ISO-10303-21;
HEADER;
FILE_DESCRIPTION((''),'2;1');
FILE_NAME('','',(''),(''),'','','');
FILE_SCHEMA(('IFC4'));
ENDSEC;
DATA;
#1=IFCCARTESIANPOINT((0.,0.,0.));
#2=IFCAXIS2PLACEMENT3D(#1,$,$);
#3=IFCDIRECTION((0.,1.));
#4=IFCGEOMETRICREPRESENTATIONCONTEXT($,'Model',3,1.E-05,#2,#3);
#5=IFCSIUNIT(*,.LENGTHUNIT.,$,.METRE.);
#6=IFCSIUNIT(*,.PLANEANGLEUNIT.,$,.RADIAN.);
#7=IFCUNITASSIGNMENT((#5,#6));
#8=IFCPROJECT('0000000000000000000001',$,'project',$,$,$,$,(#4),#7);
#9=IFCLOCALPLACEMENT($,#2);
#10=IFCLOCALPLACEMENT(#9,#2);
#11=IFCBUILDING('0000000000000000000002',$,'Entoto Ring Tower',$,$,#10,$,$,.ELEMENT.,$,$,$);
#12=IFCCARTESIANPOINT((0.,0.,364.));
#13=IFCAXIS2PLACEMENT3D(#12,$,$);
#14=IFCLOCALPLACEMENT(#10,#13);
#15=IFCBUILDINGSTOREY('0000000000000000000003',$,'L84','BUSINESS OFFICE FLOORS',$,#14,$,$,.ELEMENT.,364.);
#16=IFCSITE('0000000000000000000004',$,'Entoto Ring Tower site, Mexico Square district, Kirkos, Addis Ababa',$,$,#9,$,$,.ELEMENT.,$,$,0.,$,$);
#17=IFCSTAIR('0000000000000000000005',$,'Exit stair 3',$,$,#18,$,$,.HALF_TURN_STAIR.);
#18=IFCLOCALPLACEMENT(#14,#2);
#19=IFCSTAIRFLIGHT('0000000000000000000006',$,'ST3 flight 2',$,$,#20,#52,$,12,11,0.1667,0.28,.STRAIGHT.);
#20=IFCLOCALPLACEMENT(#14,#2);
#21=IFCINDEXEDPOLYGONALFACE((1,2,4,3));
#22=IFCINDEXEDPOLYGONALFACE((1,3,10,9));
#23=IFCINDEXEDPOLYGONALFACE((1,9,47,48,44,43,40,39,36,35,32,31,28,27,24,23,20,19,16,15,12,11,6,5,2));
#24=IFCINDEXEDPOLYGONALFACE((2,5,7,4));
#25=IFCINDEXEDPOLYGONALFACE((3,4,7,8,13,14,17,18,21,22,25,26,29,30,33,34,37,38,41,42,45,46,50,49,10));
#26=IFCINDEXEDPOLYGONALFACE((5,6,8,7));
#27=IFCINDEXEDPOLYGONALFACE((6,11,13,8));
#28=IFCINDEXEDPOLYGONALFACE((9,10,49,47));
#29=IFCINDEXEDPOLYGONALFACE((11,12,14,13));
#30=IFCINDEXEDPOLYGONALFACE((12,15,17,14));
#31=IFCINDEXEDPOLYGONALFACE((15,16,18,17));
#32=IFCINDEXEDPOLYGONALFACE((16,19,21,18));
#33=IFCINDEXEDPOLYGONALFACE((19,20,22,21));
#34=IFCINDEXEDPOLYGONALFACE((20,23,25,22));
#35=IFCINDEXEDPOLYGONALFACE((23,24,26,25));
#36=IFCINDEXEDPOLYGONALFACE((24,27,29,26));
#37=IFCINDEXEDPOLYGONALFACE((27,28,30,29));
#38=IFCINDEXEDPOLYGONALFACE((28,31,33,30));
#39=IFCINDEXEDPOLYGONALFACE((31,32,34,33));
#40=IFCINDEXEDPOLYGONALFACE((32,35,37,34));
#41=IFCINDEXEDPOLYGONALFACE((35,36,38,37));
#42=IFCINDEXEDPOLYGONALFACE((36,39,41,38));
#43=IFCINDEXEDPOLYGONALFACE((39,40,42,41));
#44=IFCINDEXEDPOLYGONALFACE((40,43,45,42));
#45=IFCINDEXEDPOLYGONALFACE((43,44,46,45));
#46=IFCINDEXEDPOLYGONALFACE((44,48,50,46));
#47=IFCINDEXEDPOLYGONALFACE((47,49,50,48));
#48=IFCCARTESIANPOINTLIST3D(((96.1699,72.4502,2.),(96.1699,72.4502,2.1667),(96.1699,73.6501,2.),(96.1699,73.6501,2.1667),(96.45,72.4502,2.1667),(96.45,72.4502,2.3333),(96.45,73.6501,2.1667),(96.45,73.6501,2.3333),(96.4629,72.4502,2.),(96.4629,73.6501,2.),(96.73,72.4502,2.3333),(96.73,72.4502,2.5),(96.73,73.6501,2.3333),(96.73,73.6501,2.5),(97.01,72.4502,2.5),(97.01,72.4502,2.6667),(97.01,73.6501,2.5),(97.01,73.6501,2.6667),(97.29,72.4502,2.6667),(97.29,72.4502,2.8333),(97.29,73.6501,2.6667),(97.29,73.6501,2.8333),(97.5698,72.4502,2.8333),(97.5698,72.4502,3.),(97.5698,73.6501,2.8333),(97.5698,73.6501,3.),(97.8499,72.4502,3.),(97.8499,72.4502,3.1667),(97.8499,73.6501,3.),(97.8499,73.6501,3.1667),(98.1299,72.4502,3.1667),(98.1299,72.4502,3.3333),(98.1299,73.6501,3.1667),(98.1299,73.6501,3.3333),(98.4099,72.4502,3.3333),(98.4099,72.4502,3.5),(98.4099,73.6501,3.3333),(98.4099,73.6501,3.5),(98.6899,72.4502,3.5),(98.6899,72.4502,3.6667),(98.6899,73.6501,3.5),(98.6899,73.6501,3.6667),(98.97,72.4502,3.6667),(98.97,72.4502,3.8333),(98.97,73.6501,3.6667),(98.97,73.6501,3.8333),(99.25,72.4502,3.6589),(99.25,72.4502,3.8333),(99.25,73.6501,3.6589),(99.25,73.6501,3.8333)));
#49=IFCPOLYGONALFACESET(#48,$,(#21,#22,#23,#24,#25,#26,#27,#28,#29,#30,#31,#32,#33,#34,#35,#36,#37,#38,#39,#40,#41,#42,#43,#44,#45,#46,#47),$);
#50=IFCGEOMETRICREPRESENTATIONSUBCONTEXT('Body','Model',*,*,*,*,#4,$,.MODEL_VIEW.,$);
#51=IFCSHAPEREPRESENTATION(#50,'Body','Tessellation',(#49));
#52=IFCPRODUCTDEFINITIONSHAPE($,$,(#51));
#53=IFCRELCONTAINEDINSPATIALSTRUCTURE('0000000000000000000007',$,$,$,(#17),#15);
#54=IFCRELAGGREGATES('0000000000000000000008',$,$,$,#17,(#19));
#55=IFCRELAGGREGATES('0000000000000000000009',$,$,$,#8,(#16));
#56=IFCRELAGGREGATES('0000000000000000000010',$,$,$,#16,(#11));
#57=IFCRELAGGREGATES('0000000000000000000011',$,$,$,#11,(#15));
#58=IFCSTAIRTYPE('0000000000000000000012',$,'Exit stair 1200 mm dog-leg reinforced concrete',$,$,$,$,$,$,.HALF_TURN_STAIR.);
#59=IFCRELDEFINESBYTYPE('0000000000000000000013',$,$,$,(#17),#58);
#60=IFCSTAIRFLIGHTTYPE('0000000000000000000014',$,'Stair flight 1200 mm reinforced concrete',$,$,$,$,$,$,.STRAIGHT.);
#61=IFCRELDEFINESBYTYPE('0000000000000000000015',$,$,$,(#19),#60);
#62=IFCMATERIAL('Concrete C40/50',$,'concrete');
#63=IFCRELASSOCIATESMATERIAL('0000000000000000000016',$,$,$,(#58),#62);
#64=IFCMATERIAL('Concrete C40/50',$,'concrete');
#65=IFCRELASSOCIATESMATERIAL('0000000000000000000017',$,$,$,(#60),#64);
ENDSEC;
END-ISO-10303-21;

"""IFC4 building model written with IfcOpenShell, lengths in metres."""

from ifc_helpers import new_model, si_unit, direction, frame, origin, place, context, subcontext, project, spatial, polyline, outline, extrude, material, type_object, element, aggregate, save


model = new_model("IFC4")

# Units and contexts
model_context = context("Model", 3, precision=1e-05, world=origin(), true_north=direction((0.0, 1.0)))
body_context = subcontext(model_context, "Body", "Model", "MODEL_VIEW")
ifc_project = project(units=[si_unit("LENGTHUNIT", "METRE"), si_unit("PLANEANGLEUNIT", "RADIAN")], contexts=[model_context])

# Site, building, storey
site_placement = place(None, origin())
site = spatial("IfcSite", under=ifc_project, at=site_placement, Name="Entoto Ring Tower site, Mexico Square district, Kirkos, Addis Ababa", CompositionType="ELEMENT", RefElevation=0.0)
building_placement = place(site_placement, origin())
building = spatial("IfcBuilding", under=site, at=building_placement, Name="Entoto Ring Tower", CompositionType="ELEMENT")
storey_placement = place(building_placement, frame((0.0, 0.0, 364.0)))
storey = spatial("IfcBuildingStorey", under=building, at=storey_placement, Name="L84", Description="BUSINESS OFFICE FLOORS", CompositionType="ELEMENT", Elevation=364.0)

# Stair, stair flight
ifc_material_1 = material(Name="Concrete C40/50", Category="concrete")
stair_type = type_object("IfcStairType", Name="Exit stair 1200 mm dog-leg reinforced concrete", PredefinedType="HALF_TURN_STAIR", material=ifc_material_1)
stair_placement = place(storey_placement, origin())
stair = element("IfcStair", 1, at=stair_placement, inside=storey, type_object=stair_type, Name="Exit stair 3", PredefinedType="HALF_TURN_STAIR")
ifc_material_2 = material(Name="Concrete C40/50", Category="concrete")
stair_flight_type = type_object("IfcStairFlightType", Name="Stair flight 1200 mm reinforced concrete", PredefinedType="STRAIGHT", material=ifc_material_2)
stair_flight_placement = place(storey_placement, frame((96.1699, 73.05, 2.0), z_axis=(0.0, 0.0, 1.0), x_axis=(1.0, 0.0, 0.0)))
stair_flight = element("IfcStairFlight", 2, at=stair_flight_placement, type_object=stair_flight_type, Name="ST3 flight 2", NumberOfRisers=12, NumberOfTreads=11, PredefinedType="STRAIGHT", RiserHeight=0.1667, TreadLength=0.28, context=body_context, shape_type="SweptSolid", body=[
    extrude(outline(polyline([(0.0, 0.0), (0.0, 0.1667), (0.28, 0.1667), (0.28, 0.3333), (0.5601, 0.3333), (0.5601, 0.5), (0.8401, 0.5), (0.8401, 0.6667), (1.1201, 0.6667), (1.1201, 0.8333), (1.3999, 0.8333), (1.3999, 1.0), (1.6799, 1.0), (1.6799, 1.1667), (1.96, 1.1667), (1.96, 1.3333), (2.24, 1.3333), (2.24, 1.5), (2.52, 1.5), (2.52, 1.6667), (2.8, 1.6667), (2.8, 1.8333), (3.0801, 1.8333), (3.0801, 2.0), (3.0801, 1.6589), (0.293, 0.0), (0.0, 0.0)])), frame((0.0, 0.6001, 0.0), z_axis=(0.0, -1.0, 0.0), x_axis=(1.0, 0.0, 0.0)), (0.0, 0.0, 1.0), 1.2),
])
aggregate(stair, [stair_flight])

save(model, "model.ifc")
